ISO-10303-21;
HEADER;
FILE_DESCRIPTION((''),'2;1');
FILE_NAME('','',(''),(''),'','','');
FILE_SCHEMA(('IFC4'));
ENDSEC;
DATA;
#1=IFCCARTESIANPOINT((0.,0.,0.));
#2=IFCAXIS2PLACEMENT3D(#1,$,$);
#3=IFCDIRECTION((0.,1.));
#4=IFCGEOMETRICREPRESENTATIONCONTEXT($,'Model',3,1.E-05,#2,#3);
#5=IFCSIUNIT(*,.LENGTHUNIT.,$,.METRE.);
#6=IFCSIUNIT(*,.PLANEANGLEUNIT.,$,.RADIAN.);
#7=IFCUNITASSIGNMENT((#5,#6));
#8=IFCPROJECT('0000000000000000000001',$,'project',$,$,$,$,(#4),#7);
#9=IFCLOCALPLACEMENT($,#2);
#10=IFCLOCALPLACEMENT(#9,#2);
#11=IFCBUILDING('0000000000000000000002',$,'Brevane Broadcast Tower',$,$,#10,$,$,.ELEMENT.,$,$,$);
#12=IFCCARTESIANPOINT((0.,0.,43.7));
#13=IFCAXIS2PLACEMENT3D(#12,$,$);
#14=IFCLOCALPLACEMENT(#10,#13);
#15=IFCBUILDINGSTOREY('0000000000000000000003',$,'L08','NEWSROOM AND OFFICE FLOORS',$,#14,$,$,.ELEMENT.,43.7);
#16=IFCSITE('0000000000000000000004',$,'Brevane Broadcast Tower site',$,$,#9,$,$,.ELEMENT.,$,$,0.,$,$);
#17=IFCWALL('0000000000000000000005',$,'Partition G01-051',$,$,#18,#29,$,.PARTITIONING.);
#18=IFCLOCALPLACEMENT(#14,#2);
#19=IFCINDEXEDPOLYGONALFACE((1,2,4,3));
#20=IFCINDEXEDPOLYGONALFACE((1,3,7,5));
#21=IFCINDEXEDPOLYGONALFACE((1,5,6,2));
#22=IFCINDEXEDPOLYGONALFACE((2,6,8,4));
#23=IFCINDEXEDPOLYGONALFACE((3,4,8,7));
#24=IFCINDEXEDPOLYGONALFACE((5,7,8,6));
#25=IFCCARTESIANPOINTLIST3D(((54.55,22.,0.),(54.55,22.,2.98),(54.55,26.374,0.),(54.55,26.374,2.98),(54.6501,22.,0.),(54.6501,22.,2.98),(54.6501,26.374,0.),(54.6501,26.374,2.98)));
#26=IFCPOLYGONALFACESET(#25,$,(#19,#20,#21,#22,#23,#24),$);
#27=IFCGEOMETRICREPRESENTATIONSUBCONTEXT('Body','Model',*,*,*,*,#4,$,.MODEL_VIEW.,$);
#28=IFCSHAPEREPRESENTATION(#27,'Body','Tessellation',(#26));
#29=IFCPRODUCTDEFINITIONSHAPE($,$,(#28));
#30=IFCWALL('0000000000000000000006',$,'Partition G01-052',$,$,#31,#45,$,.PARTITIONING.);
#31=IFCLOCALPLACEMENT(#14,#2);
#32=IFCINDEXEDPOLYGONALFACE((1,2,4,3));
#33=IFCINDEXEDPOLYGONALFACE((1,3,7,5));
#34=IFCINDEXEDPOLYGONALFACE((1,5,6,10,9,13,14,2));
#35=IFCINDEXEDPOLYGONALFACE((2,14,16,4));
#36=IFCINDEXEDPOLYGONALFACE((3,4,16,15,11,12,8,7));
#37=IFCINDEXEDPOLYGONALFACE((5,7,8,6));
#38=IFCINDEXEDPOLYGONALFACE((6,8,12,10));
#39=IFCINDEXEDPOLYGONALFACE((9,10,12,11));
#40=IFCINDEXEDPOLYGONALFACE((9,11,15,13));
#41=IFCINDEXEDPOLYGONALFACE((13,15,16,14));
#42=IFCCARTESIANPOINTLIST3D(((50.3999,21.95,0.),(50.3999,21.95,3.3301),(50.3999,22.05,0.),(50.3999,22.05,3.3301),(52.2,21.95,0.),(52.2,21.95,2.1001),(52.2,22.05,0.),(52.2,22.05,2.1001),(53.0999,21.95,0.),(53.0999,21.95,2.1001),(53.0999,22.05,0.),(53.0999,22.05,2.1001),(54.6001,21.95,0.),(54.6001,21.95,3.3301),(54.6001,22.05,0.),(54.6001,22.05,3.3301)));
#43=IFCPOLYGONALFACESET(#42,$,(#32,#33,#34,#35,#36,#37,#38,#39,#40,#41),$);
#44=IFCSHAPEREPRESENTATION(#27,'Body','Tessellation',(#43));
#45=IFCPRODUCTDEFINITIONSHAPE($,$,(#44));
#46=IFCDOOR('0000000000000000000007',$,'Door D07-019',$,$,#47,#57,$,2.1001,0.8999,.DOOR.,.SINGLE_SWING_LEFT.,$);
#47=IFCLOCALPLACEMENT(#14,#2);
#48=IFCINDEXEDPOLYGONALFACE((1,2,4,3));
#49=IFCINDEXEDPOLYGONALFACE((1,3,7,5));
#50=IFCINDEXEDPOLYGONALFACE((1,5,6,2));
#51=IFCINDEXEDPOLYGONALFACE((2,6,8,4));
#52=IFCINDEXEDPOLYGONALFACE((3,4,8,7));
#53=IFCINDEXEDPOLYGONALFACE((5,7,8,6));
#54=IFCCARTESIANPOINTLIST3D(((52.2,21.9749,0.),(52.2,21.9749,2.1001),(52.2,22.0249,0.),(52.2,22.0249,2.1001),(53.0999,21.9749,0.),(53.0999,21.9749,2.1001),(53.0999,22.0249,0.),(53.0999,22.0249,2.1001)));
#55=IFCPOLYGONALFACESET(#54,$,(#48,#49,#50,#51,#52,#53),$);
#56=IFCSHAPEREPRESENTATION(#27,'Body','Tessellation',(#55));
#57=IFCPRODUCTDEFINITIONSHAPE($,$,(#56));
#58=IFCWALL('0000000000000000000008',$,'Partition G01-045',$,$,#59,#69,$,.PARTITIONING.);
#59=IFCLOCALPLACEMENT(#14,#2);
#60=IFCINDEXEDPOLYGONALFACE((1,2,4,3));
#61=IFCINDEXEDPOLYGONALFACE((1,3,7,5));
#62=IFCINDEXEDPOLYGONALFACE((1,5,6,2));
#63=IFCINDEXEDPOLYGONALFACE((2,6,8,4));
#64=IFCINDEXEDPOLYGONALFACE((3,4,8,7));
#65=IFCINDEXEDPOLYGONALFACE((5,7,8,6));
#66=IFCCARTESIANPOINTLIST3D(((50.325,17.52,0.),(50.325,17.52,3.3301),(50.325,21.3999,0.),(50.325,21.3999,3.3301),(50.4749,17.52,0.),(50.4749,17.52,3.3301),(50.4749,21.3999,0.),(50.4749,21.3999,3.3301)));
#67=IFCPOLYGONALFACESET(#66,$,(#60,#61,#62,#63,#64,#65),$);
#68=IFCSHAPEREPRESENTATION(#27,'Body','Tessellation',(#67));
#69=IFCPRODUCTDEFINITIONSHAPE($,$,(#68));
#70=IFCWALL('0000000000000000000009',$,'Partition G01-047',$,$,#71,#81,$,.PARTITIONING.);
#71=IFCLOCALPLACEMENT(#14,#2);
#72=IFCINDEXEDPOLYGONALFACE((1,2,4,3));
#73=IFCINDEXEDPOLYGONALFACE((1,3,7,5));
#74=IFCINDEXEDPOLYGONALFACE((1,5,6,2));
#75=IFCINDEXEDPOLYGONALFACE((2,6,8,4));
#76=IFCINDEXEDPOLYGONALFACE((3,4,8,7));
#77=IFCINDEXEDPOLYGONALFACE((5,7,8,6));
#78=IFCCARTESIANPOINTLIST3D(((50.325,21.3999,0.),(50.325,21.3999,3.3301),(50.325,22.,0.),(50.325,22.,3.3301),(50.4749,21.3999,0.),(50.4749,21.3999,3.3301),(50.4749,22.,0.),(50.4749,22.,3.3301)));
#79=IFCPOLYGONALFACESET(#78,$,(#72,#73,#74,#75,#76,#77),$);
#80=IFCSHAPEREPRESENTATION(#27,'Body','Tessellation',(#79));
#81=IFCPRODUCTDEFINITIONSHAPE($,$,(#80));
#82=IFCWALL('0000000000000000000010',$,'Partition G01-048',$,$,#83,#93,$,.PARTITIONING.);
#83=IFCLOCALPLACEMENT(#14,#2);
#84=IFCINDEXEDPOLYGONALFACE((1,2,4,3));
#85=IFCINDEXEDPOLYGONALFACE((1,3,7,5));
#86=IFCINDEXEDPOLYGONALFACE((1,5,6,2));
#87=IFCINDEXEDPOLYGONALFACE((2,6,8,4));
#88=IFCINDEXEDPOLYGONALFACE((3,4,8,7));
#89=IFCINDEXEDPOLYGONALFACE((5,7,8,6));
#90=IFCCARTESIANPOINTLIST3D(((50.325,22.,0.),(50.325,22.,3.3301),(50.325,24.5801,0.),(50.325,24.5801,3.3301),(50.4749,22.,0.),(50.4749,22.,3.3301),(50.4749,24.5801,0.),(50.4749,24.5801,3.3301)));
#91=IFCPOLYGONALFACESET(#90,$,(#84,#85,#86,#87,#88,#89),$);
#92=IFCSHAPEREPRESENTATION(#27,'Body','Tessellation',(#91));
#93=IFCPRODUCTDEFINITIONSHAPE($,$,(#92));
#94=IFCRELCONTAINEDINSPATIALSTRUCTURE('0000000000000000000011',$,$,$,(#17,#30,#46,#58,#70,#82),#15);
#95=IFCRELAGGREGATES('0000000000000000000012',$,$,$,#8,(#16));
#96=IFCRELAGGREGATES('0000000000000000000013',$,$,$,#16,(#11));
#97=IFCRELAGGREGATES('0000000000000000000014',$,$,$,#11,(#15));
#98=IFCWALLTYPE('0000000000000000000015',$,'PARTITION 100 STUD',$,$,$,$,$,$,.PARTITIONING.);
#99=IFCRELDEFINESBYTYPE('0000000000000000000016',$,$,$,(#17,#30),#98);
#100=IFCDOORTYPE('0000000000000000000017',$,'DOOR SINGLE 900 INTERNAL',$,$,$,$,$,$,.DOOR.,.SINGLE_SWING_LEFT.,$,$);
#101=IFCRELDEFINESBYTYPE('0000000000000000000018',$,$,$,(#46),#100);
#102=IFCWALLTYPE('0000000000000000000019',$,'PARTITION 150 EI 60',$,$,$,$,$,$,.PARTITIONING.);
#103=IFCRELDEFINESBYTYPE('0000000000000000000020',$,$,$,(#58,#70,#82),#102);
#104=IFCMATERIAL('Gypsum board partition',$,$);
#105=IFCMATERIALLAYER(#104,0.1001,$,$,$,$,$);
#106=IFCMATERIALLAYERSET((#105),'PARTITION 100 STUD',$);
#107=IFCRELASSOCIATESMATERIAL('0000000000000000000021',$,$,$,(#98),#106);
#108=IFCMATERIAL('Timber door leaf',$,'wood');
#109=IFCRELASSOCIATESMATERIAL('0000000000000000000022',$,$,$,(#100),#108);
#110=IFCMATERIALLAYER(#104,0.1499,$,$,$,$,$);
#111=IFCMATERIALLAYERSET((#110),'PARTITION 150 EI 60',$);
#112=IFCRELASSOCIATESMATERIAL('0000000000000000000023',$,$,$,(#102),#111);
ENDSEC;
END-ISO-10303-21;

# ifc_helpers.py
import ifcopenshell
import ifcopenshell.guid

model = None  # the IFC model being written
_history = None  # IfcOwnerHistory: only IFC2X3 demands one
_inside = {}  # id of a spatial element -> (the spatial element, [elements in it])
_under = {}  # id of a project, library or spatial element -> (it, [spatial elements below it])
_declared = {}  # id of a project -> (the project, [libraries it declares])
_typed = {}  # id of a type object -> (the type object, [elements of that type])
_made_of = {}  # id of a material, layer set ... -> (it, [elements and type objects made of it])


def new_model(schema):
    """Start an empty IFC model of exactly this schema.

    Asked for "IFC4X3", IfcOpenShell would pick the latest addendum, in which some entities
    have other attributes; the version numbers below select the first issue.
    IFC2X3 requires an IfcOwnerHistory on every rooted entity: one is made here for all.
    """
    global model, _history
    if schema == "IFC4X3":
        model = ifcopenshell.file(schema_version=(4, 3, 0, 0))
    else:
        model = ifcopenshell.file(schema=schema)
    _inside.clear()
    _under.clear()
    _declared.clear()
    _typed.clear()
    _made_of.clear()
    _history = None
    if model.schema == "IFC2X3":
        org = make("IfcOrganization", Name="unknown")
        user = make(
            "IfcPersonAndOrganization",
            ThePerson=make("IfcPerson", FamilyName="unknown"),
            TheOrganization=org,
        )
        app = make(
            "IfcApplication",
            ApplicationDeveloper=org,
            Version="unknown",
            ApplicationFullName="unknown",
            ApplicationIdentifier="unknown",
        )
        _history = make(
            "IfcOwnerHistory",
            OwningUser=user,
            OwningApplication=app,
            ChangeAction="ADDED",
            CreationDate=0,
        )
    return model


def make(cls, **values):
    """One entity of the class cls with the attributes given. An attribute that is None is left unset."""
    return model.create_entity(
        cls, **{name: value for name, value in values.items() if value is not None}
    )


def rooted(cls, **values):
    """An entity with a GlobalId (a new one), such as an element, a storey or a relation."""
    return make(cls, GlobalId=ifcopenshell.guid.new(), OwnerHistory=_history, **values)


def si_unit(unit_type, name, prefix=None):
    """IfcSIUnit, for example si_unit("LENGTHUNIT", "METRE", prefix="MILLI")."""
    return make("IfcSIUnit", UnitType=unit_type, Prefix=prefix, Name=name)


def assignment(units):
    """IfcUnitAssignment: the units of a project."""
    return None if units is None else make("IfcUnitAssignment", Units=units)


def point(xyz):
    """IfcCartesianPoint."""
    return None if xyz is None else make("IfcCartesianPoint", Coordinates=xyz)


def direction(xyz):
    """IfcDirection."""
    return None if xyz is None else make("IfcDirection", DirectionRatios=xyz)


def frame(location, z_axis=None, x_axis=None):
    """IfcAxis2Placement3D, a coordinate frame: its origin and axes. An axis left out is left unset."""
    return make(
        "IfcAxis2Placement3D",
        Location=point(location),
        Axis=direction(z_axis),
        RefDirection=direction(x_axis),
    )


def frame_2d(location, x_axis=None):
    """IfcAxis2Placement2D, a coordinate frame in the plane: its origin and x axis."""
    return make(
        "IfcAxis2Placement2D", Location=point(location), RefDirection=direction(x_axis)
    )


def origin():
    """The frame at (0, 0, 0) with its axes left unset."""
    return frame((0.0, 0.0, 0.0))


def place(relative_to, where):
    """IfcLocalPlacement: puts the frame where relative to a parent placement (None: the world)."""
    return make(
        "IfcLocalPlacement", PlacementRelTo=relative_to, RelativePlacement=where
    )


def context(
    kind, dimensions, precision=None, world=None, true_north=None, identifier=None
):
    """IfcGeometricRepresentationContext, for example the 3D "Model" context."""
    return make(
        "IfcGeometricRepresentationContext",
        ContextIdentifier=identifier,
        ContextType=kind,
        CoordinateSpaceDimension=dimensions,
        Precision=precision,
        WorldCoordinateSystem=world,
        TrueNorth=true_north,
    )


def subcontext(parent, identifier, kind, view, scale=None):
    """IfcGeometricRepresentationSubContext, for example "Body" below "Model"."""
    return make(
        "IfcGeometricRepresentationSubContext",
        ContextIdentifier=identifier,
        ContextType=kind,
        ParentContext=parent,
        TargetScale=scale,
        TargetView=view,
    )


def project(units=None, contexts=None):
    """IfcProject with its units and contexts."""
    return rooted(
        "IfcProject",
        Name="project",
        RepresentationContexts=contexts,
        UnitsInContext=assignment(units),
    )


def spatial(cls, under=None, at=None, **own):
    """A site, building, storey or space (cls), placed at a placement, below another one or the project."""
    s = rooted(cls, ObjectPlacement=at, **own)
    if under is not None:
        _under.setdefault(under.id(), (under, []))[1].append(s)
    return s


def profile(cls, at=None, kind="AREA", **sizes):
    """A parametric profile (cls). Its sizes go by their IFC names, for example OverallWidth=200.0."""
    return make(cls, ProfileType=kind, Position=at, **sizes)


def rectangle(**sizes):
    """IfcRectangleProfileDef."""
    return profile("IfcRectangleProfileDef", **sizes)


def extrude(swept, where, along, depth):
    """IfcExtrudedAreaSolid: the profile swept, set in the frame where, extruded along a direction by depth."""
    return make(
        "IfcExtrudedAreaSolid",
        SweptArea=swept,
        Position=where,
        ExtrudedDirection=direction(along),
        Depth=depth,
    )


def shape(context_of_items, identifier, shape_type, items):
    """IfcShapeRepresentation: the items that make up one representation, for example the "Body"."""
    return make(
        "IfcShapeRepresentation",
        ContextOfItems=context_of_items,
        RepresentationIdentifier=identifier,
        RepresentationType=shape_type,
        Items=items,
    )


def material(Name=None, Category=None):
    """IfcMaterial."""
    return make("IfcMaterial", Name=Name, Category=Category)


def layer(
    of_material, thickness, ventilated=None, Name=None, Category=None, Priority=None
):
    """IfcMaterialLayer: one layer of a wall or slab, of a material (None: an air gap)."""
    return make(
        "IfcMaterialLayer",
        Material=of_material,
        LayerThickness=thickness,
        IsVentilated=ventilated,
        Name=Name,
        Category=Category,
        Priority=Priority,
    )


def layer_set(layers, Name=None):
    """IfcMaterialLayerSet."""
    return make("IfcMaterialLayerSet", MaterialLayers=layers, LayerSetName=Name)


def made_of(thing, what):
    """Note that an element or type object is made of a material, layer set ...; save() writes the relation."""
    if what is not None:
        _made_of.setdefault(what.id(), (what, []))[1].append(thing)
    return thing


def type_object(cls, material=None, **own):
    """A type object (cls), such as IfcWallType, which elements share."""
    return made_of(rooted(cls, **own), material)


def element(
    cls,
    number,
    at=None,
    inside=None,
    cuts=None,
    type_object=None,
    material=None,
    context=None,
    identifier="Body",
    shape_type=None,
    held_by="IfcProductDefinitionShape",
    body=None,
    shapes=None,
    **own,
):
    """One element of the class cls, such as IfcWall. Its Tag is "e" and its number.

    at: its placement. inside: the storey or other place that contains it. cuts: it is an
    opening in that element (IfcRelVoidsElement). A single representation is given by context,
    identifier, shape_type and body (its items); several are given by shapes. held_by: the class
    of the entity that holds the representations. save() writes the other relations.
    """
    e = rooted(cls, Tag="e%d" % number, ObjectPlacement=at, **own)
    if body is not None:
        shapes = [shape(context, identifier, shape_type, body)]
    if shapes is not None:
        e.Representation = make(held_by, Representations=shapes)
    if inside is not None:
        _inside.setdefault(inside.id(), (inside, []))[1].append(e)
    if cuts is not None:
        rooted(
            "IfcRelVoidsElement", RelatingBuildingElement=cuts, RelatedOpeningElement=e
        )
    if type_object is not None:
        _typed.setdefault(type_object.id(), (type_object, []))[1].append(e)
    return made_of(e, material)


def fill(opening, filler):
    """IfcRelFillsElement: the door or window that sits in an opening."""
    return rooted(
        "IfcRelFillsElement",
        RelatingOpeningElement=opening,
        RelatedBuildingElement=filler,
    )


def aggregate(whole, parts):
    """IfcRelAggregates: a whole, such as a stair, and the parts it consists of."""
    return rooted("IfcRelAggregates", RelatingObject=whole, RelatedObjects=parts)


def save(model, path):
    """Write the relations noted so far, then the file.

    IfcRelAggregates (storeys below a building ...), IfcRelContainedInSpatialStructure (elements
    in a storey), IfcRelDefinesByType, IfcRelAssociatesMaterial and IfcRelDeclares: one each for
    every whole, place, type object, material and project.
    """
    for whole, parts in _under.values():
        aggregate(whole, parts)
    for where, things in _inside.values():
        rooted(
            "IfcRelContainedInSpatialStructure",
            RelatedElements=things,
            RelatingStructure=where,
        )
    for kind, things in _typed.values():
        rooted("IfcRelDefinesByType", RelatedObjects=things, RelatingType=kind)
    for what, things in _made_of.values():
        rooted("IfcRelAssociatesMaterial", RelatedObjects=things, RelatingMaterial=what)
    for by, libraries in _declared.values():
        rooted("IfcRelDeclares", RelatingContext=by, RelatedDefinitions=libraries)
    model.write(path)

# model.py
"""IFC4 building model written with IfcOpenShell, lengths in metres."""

from ifc_helpers import new_model, si_unit, direction, frame, frame_2d, origin, place, context, subcontext, project, spatial, rectangle, extrude, material, layer, layer_set, type_object, element, fill, save


model = new_model("IFC4")

# Units and contexts
model_context = context("Model", 3, precision=1e-05, world=origin(), true_north=direction((0.0, 1.0)))
body_context = subcontext(model_context, "Body", "Model", "MODEL_VIEW")
ifc_project = project(units=[si_unit("LENGTHUNIT", "METRE"), si_unit("PLANEANGLEUNIT", "RADIAN")], contexts=[model_context])

# Site, building, storey
site_placement = place(None, origin())
site = spatial("IfcSite", under=ifc_project, at=site_placement, Name="Brevane Broadcast Tower site", CompositionType="ELEMENT", RefElevation=0.0)
building_placement = place(site_placement, origin())
building = spatial("IfcBuilding", under=site, at=building_placement, Name="Brevane Broadcast Tower", CompositionType="ELEMENT")
storey_placement = place(building_placement, frame((0.0, 0.0, 43.7)))
storey = spatial("IfcBuildingStorey", under=building, at=storey_placement, Name="L08", Description="NEWSROOM AND OFFICE FLOORS", CompositionType="ELEMENT", Elevation=43.7)

# Shared definitions
ifc_material_1 = material(Name="Gypsum board partition")
ifc_layer_1 = layer(ifc_material_1, 0.1001)
ifc_layer_set_1 = layer_set([ifc_layer_1], Name="PARTITION 100 STUD")
wall_type_1 = type_object("IfcWallType", Name="PARTITION 100 STUD", PredefinedType="PARTITIONING", material=ifc_layer_set_1)
ifc_material_2 = material(Name="Timber door leaf", Category="wood")

# Wall
wall_1_placement = place(storey_placement, frame((54.6001, 22.0, 0.0), z_axis=(0.0, 0.0, 1.0), x_axis=(0.0, 1.0, 0.0)))
element("IfcWall", 1, at=wall_1_placement, inside=storey, type_object=wall_type_1, Name="Partition G01-051", PredefinedType="PARTITIONING", context=body_context, shape_type="SweptSolid", body=[
    extrude(rectangle(XDim=4.374, YDim=0.1001, at=frame_2d((2.187, 0.0))), origin(), (0.0, 0.0, 1.0), 2.98),
])

# Wall, opening, door
wall_2_placement = place(storey_placement, frame((50.3999, 22.0, 0.0), z_axis=(0.0, 0.0, 1.0), x_axis=(1.0, 0.0, 0.0)))
wall_2 = element("IfcWall", 2, at=wall_2_placement, inside=storey, type_object=wall_type_1, Name="Partition G01-052", PredefinedType="PARTITIONING", context=body_context, shape_type="SweptSolid", body=[
    extrude(rectangle(XDim=4.2002, YDim=0.1001, at=frame_2d((2.1001, 0.0))), origin(), (0.0, 0.0, 1.0), 3.3301),
])
opening_1_placement = place(wall_2_placement, frame((1.8, 0.0, 0.0)))
opening_1 = element("IfcOpeningElement", 3, at=opening_1_placement, cuts=wall_2, PredefinedType="OPENING", context=body_context, shape_type="SweptSolid", body=[
    extrude(rectangle(XDim=0.8999, YDim=2.1001, at=frame_2d((0.45, 1.05))), frame((0.0, 0.0601, 0.0), z_axis=(0.0, -1.0, 0.0), x_axis=(1.0, 0.0, 0.0)), (0.0, 0.0, 1.0), 0.1201),
])
door_type_1 = type_object("IfcDoorType", Name="DOOR SINGLE 900 INTERNAL", OperationType="SINGLE_SWING_LEFT", PredefinedType="DOOR", material=ifc_material_2)
door_1_placement = place(opening_1_placement, origin())
door_1 = element("IfcDoor", 4, at=door_1_placement, inside=storey, type_object=door_type_1, Name="Door D07-019", OperationType="SINGLE_SWING_LEFT", OverallHeight=2.1001, OverallWidth=0.8999, PredefinedType="DOOR", context=body_context, shape_type="SweptSolid", body=[
    extrude(rectangle(XDim=0.8999, YDim=2.1001, at=frame_2d((0.45, 1.05))), frame((0.0, 0.0249, 0.0), z_axis=(0.0, -1.0, 0.0), x_axis=(1.0, 0.0, 0.0)), (0.0, 0.0, 1.0), 0.05),
])
fill(opening_1, door_1)

# Walls
ifc_layer_2 = layer(ifc_material_1, 0.1499)
ifc_layer_set_2 = layer_set([ifc_layer_2], Name="PARTITION 150 EI 60")
wall_type_2 = type_object("IfcWallType", Name="PARTITION 150 EI 60", PredefinedType="PARTITIONING", material=ifc_layer_set_2)
wall_3_placement = place(storey_placement, frame((50.3999, 21.3999, 0.0), z_axis=(0.0, 0.0, 1.0), x_axis=(0.0, -1.0, 0.0)))
element("IfcWall", 5, at=wall_3_placement, inside=storey, type_object=wall_type_2, Name="Partition G01-045", PredefinedType="PARTITIONING", context=body_context, shape_type="SweptSolid", body=[
    extrude(rectangle(XDim=3.8799, YDim=0.1499, at=frame_2d((1.9399, 0.0))), origin(), (0.0, 0.0, 1.0), 3.3301),
])
wall_4_placement = place(storey_placement, frame((50.3999, 22.0, 0.0), z_axis=(0.0, 0.0, 1.0), x_axis=(0.0, -1.0, 0.0)))
element("IfcWall", 6, at=wall_4_placement, inside=storey, type_object=wall_type_2, Name="Partition G01-047", PredefinedType="PARTITIONING", context=body_context, shape_type="SweptSolid", body=[
    extrude(rectangle(XDim=0.6001, YDim=0.1499, at=frame_2d((0.3, 0.0))), origin(), (0.0, 0.0, 1.0), 3.3301),
])
wall_5_placement = place(storey_placement, frame((50.3999, 24.5801, 0.0), z_axis=(0.0, 0.0, 1.0), x_axis=(0.0, -1.0, 0.0)))
element("IfcWall", 7, at=wall_5_placement, inside=storey, type_object=wall_type_2, Name="Partition G01-048", PredefinedType="PARTITIONING", context=body_context, shape_type="SweptSolid", body=[
    extrude(rectangle(XDim=2.5801, YDim=0.1499, at=frame_2d((1.29, 0.0))), origin(), (0.0, 0.0, 1.0), 3.3301),
])

save(model, "model.ifc")
